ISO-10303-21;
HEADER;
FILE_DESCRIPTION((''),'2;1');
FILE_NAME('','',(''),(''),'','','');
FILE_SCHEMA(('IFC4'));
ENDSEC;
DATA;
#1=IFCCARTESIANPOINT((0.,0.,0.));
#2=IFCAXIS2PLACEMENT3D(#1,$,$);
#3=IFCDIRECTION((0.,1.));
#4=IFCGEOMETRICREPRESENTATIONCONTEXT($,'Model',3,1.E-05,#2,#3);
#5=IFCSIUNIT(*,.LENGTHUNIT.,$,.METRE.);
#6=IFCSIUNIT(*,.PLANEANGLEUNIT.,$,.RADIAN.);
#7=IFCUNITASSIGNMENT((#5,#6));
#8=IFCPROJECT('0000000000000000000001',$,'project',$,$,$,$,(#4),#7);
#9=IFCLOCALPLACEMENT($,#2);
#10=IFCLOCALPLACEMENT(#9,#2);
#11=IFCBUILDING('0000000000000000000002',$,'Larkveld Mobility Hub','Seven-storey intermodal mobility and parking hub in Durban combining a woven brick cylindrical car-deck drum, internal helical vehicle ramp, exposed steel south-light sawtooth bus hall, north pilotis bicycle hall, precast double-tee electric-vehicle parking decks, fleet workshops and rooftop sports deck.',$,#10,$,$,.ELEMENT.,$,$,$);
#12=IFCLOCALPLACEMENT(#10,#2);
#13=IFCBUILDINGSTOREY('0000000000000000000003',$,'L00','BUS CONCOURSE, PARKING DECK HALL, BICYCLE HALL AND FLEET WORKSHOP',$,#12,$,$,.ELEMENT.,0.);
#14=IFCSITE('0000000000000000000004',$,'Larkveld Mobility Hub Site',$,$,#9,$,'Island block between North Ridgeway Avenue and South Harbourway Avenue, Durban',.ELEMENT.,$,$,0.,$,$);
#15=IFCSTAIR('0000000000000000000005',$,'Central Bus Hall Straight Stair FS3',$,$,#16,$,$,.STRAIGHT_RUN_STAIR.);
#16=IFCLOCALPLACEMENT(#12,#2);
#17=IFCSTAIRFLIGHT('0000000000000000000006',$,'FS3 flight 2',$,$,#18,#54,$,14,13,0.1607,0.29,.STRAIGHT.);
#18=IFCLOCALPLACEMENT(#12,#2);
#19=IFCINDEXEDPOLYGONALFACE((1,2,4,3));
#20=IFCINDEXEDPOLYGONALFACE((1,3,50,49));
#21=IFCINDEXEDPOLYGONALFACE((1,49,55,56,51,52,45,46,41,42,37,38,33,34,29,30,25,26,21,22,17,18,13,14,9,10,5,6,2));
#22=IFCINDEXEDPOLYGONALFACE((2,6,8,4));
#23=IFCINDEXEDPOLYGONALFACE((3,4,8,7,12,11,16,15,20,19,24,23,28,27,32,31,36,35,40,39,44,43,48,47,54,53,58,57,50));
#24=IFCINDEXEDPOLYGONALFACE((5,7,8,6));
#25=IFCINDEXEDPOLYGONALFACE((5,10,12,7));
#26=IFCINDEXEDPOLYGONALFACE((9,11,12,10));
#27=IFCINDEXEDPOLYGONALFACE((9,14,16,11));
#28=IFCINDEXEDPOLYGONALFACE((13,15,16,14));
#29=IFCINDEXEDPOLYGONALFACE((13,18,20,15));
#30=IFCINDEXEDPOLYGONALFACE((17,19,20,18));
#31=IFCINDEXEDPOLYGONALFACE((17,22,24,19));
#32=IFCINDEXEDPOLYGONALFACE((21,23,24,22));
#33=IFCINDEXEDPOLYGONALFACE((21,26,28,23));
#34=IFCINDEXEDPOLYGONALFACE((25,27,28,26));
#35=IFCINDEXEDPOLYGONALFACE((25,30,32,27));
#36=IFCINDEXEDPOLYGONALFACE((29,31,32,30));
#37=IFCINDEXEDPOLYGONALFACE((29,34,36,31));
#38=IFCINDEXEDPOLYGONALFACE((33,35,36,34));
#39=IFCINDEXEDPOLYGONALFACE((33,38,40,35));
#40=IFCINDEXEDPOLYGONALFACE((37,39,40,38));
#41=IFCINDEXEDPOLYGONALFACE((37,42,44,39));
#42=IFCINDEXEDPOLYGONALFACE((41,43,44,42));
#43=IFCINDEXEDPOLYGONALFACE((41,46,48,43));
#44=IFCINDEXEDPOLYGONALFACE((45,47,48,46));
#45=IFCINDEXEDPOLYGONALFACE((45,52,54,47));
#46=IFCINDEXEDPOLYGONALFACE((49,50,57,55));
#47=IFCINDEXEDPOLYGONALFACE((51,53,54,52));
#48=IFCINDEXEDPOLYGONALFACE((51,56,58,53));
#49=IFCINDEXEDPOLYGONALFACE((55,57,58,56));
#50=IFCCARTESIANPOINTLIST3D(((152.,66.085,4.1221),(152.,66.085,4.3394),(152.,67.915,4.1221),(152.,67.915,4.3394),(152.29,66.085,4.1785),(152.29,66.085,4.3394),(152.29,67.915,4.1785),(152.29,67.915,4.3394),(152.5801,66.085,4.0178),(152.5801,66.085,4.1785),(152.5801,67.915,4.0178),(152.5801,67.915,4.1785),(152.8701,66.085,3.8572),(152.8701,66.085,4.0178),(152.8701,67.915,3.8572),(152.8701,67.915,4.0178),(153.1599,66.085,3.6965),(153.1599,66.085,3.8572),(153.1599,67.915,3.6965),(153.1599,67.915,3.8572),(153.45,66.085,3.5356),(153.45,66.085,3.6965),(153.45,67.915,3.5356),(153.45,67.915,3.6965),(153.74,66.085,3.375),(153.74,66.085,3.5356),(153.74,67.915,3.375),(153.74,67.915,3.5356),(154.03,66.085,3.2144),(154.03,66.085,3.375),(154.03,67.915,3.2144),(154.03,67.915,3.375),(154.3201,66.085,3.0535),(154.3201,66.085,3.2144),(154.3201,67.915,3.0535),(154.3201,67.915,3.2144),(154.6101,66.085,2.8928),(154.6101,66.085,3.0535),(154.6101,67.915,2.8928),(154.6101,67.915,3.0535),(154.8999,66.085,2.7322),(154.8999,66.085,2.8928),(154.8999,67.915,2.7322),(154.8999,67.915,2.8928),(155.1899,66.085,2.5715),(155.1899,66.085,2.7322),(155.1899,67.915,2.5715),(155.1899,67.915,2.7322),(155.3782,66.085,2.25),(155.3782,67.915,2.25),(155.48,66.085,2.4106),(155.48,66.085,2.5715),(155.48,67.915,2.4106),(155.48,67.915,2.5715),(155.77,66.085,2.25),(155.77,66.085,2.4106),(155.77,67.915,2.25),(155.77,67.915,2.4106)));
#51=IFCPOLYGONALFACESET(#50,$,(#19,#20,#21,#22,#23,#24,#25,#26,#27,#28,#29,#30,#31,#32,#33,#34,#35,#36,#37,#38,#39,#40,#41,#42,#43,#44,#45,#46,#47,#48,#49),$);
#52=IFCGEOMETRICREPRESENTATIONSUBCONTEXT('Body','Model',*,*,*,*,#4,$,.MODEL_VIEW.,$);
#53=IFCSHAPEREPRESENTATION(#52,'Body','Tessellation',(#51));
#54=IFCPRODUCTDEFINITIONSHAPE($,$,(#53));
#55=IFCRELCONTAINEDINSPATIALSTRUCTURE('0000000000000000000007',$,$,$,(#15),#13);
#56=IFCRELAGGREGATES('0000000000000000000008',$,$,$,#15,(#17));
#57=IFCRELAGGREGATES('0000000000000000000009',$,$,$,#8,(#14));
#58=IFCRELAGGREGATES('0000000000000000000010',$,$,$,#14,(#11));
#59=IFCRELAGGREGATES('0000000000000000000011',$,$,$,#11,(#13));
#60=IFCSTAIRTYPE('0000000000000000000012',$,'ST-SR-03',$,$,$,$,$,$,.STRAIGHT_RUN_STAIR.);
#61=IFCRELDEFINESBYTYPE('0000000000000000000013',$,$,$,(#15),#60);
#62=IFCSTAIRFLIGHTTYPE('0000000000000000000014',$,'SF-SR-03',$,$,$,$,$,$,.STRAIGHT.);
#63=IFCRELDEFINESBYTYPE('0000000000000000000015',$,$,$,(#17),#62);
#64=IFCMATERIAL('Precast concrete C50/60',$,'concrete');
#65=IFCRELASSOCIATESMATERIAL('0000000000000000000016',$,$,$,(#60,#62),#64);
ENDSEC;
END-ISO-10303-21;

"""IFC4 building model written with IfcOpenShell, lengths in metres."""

from ifc_helpers import new_model, si_unit, direction, frame, origin, place, context, subcontext, project, spatial, polyline, outline, extrude, material, type_object, element, aggregate, save


model = new_model("IFC4")

# Units and contexts
model_context = context("Model", 3, precision=1e-05, world=origin(), true_north=direction((0.0, 1.0)))
body_context = subcontext(model_context, "Body", "Model", "MODEL_VIEW")
ifc_project = project(units=[si_unit("LENGTHUNIT", "METRE"), si_unit("PLANEANGLEUNIT", "RADIAN")], contexts=[model_context])

# Site, building, storey
site_placement = place(None, origin())
site = spatial("IfcSite", under=ifc_project, at=site_placement, Name="Larkveld Mobility Hub Site", LongName="Island block between North Ridgeway Avenue and South Harbourway Avenue, Durban", CompositionType="ELEMENT", RefElevation=0.0)
building_placement = place(site_placement, origin())
building = spatial("IfcBuilding", under=site, at=building_placement, Name="Larkveld Mobility Hub", Description="Seven-storey intermodal mobility and parking hub in Durban combining a woven brick cylindrical car-deck drum, internal helical vehicle ramp, exposed steel south-light sawtooth bus hall, north pilotis bicycle hall, precast double-tee electric-vehicle parking decks, fleet workshops and rooftop sports deck.", CompositionType="ELEMENT")
storey_placement = place(building_placement, origin())
storey = spatial("IfcBuildingStorey", under=building, at=storey_placement, Name="L00", Description="BUS CONCOURSE, PARKING DECK HALL, BICYCLE HALL AND FLEET WORKSHOP", CompositionType="ELEMENT", Elevation=0.0)

# Stair, stair flight
ifc_material_1 = material(Name="Precast concrete C50/60", Category="concrete")
stair_type = type_object("IfcStairType", Name="ST-SR-03", PredefinedType="STRAIGHT_RUN_STAIR", material=ifc_material_1)
stair_placement = place(storey_placement, origin())
stair = element("IfcStair", 1, at=stair_placement, inside=storey, type_object=stair_type, Name="Central Bus Hall Straight Stair FS3", PredefinedType="STRAIGHT_RUN_STAIR")
stair_flight_type = type_object("IfcStairFlightType", Name="SF-SR-03", PredefinedType="STRAIGHT", material=ifc_material_1)
stair_flight_1_placement = place(storey_placement, frame((155.77, 67.0, 2.25), z_axis=(0.0, 0.0, 1.0), x_axis=(-1.0, 0.0, 0.0)))
stair_flight_1 = element("IfcStairFlight", 2, at=stair_flight_1_placement, type_object=stair_flight_type, Name="FS3 flight 2", NumberOfRisers=14, NumberOfTreads=13, PredefinedType="STRAIGHT", RiserHeight=0.1607, TreadLength=0.29, context=body_context, shape_type="SweptSolid", body=[
    extrude(outline(polyline([(0.0, 0.0), (0.0, 0.1606), (0.29, 0.1606), (0.29, 0.3215), (0.5801, 0.3215), (0.5801, 0.4822), (0.8701, 0.4822), (0.8701, 0.6428), (1.1599, 0.6428), (1.1599, 0.8035), (1.45, 0.8035), (1.45, 0.9644), (1.74, 0.9644), (1.74, 1.125), (2.03, 1.125), (2.03, 1.2856), (2.3201, 1.2856), (2.3201, 1.4465), (2.6101, 1.4465), (2.6101, 1.6072), (2.8999, 1.6072), (2.8999, 1.7678), (3.1899, 1.7678), (3.1899, 1.9285), (3.48, 1.9285), (3.48, 2.0894), (3.77, 2.0894), (3.77, 2.25), (3.77, 1.8721), (0.3918, 0.0), (0.0, 0.0)])), frame((0.0, 0.915, 0.0), z_axis=(0.0, -1.0, 0.0), x_axis=(1.0, 0.0, 0.0)), (0.0, 0.0, 1.0), 1.8301),
])
aggregate(stair, [stair_flight_1])

save(model, "model.ifc")
